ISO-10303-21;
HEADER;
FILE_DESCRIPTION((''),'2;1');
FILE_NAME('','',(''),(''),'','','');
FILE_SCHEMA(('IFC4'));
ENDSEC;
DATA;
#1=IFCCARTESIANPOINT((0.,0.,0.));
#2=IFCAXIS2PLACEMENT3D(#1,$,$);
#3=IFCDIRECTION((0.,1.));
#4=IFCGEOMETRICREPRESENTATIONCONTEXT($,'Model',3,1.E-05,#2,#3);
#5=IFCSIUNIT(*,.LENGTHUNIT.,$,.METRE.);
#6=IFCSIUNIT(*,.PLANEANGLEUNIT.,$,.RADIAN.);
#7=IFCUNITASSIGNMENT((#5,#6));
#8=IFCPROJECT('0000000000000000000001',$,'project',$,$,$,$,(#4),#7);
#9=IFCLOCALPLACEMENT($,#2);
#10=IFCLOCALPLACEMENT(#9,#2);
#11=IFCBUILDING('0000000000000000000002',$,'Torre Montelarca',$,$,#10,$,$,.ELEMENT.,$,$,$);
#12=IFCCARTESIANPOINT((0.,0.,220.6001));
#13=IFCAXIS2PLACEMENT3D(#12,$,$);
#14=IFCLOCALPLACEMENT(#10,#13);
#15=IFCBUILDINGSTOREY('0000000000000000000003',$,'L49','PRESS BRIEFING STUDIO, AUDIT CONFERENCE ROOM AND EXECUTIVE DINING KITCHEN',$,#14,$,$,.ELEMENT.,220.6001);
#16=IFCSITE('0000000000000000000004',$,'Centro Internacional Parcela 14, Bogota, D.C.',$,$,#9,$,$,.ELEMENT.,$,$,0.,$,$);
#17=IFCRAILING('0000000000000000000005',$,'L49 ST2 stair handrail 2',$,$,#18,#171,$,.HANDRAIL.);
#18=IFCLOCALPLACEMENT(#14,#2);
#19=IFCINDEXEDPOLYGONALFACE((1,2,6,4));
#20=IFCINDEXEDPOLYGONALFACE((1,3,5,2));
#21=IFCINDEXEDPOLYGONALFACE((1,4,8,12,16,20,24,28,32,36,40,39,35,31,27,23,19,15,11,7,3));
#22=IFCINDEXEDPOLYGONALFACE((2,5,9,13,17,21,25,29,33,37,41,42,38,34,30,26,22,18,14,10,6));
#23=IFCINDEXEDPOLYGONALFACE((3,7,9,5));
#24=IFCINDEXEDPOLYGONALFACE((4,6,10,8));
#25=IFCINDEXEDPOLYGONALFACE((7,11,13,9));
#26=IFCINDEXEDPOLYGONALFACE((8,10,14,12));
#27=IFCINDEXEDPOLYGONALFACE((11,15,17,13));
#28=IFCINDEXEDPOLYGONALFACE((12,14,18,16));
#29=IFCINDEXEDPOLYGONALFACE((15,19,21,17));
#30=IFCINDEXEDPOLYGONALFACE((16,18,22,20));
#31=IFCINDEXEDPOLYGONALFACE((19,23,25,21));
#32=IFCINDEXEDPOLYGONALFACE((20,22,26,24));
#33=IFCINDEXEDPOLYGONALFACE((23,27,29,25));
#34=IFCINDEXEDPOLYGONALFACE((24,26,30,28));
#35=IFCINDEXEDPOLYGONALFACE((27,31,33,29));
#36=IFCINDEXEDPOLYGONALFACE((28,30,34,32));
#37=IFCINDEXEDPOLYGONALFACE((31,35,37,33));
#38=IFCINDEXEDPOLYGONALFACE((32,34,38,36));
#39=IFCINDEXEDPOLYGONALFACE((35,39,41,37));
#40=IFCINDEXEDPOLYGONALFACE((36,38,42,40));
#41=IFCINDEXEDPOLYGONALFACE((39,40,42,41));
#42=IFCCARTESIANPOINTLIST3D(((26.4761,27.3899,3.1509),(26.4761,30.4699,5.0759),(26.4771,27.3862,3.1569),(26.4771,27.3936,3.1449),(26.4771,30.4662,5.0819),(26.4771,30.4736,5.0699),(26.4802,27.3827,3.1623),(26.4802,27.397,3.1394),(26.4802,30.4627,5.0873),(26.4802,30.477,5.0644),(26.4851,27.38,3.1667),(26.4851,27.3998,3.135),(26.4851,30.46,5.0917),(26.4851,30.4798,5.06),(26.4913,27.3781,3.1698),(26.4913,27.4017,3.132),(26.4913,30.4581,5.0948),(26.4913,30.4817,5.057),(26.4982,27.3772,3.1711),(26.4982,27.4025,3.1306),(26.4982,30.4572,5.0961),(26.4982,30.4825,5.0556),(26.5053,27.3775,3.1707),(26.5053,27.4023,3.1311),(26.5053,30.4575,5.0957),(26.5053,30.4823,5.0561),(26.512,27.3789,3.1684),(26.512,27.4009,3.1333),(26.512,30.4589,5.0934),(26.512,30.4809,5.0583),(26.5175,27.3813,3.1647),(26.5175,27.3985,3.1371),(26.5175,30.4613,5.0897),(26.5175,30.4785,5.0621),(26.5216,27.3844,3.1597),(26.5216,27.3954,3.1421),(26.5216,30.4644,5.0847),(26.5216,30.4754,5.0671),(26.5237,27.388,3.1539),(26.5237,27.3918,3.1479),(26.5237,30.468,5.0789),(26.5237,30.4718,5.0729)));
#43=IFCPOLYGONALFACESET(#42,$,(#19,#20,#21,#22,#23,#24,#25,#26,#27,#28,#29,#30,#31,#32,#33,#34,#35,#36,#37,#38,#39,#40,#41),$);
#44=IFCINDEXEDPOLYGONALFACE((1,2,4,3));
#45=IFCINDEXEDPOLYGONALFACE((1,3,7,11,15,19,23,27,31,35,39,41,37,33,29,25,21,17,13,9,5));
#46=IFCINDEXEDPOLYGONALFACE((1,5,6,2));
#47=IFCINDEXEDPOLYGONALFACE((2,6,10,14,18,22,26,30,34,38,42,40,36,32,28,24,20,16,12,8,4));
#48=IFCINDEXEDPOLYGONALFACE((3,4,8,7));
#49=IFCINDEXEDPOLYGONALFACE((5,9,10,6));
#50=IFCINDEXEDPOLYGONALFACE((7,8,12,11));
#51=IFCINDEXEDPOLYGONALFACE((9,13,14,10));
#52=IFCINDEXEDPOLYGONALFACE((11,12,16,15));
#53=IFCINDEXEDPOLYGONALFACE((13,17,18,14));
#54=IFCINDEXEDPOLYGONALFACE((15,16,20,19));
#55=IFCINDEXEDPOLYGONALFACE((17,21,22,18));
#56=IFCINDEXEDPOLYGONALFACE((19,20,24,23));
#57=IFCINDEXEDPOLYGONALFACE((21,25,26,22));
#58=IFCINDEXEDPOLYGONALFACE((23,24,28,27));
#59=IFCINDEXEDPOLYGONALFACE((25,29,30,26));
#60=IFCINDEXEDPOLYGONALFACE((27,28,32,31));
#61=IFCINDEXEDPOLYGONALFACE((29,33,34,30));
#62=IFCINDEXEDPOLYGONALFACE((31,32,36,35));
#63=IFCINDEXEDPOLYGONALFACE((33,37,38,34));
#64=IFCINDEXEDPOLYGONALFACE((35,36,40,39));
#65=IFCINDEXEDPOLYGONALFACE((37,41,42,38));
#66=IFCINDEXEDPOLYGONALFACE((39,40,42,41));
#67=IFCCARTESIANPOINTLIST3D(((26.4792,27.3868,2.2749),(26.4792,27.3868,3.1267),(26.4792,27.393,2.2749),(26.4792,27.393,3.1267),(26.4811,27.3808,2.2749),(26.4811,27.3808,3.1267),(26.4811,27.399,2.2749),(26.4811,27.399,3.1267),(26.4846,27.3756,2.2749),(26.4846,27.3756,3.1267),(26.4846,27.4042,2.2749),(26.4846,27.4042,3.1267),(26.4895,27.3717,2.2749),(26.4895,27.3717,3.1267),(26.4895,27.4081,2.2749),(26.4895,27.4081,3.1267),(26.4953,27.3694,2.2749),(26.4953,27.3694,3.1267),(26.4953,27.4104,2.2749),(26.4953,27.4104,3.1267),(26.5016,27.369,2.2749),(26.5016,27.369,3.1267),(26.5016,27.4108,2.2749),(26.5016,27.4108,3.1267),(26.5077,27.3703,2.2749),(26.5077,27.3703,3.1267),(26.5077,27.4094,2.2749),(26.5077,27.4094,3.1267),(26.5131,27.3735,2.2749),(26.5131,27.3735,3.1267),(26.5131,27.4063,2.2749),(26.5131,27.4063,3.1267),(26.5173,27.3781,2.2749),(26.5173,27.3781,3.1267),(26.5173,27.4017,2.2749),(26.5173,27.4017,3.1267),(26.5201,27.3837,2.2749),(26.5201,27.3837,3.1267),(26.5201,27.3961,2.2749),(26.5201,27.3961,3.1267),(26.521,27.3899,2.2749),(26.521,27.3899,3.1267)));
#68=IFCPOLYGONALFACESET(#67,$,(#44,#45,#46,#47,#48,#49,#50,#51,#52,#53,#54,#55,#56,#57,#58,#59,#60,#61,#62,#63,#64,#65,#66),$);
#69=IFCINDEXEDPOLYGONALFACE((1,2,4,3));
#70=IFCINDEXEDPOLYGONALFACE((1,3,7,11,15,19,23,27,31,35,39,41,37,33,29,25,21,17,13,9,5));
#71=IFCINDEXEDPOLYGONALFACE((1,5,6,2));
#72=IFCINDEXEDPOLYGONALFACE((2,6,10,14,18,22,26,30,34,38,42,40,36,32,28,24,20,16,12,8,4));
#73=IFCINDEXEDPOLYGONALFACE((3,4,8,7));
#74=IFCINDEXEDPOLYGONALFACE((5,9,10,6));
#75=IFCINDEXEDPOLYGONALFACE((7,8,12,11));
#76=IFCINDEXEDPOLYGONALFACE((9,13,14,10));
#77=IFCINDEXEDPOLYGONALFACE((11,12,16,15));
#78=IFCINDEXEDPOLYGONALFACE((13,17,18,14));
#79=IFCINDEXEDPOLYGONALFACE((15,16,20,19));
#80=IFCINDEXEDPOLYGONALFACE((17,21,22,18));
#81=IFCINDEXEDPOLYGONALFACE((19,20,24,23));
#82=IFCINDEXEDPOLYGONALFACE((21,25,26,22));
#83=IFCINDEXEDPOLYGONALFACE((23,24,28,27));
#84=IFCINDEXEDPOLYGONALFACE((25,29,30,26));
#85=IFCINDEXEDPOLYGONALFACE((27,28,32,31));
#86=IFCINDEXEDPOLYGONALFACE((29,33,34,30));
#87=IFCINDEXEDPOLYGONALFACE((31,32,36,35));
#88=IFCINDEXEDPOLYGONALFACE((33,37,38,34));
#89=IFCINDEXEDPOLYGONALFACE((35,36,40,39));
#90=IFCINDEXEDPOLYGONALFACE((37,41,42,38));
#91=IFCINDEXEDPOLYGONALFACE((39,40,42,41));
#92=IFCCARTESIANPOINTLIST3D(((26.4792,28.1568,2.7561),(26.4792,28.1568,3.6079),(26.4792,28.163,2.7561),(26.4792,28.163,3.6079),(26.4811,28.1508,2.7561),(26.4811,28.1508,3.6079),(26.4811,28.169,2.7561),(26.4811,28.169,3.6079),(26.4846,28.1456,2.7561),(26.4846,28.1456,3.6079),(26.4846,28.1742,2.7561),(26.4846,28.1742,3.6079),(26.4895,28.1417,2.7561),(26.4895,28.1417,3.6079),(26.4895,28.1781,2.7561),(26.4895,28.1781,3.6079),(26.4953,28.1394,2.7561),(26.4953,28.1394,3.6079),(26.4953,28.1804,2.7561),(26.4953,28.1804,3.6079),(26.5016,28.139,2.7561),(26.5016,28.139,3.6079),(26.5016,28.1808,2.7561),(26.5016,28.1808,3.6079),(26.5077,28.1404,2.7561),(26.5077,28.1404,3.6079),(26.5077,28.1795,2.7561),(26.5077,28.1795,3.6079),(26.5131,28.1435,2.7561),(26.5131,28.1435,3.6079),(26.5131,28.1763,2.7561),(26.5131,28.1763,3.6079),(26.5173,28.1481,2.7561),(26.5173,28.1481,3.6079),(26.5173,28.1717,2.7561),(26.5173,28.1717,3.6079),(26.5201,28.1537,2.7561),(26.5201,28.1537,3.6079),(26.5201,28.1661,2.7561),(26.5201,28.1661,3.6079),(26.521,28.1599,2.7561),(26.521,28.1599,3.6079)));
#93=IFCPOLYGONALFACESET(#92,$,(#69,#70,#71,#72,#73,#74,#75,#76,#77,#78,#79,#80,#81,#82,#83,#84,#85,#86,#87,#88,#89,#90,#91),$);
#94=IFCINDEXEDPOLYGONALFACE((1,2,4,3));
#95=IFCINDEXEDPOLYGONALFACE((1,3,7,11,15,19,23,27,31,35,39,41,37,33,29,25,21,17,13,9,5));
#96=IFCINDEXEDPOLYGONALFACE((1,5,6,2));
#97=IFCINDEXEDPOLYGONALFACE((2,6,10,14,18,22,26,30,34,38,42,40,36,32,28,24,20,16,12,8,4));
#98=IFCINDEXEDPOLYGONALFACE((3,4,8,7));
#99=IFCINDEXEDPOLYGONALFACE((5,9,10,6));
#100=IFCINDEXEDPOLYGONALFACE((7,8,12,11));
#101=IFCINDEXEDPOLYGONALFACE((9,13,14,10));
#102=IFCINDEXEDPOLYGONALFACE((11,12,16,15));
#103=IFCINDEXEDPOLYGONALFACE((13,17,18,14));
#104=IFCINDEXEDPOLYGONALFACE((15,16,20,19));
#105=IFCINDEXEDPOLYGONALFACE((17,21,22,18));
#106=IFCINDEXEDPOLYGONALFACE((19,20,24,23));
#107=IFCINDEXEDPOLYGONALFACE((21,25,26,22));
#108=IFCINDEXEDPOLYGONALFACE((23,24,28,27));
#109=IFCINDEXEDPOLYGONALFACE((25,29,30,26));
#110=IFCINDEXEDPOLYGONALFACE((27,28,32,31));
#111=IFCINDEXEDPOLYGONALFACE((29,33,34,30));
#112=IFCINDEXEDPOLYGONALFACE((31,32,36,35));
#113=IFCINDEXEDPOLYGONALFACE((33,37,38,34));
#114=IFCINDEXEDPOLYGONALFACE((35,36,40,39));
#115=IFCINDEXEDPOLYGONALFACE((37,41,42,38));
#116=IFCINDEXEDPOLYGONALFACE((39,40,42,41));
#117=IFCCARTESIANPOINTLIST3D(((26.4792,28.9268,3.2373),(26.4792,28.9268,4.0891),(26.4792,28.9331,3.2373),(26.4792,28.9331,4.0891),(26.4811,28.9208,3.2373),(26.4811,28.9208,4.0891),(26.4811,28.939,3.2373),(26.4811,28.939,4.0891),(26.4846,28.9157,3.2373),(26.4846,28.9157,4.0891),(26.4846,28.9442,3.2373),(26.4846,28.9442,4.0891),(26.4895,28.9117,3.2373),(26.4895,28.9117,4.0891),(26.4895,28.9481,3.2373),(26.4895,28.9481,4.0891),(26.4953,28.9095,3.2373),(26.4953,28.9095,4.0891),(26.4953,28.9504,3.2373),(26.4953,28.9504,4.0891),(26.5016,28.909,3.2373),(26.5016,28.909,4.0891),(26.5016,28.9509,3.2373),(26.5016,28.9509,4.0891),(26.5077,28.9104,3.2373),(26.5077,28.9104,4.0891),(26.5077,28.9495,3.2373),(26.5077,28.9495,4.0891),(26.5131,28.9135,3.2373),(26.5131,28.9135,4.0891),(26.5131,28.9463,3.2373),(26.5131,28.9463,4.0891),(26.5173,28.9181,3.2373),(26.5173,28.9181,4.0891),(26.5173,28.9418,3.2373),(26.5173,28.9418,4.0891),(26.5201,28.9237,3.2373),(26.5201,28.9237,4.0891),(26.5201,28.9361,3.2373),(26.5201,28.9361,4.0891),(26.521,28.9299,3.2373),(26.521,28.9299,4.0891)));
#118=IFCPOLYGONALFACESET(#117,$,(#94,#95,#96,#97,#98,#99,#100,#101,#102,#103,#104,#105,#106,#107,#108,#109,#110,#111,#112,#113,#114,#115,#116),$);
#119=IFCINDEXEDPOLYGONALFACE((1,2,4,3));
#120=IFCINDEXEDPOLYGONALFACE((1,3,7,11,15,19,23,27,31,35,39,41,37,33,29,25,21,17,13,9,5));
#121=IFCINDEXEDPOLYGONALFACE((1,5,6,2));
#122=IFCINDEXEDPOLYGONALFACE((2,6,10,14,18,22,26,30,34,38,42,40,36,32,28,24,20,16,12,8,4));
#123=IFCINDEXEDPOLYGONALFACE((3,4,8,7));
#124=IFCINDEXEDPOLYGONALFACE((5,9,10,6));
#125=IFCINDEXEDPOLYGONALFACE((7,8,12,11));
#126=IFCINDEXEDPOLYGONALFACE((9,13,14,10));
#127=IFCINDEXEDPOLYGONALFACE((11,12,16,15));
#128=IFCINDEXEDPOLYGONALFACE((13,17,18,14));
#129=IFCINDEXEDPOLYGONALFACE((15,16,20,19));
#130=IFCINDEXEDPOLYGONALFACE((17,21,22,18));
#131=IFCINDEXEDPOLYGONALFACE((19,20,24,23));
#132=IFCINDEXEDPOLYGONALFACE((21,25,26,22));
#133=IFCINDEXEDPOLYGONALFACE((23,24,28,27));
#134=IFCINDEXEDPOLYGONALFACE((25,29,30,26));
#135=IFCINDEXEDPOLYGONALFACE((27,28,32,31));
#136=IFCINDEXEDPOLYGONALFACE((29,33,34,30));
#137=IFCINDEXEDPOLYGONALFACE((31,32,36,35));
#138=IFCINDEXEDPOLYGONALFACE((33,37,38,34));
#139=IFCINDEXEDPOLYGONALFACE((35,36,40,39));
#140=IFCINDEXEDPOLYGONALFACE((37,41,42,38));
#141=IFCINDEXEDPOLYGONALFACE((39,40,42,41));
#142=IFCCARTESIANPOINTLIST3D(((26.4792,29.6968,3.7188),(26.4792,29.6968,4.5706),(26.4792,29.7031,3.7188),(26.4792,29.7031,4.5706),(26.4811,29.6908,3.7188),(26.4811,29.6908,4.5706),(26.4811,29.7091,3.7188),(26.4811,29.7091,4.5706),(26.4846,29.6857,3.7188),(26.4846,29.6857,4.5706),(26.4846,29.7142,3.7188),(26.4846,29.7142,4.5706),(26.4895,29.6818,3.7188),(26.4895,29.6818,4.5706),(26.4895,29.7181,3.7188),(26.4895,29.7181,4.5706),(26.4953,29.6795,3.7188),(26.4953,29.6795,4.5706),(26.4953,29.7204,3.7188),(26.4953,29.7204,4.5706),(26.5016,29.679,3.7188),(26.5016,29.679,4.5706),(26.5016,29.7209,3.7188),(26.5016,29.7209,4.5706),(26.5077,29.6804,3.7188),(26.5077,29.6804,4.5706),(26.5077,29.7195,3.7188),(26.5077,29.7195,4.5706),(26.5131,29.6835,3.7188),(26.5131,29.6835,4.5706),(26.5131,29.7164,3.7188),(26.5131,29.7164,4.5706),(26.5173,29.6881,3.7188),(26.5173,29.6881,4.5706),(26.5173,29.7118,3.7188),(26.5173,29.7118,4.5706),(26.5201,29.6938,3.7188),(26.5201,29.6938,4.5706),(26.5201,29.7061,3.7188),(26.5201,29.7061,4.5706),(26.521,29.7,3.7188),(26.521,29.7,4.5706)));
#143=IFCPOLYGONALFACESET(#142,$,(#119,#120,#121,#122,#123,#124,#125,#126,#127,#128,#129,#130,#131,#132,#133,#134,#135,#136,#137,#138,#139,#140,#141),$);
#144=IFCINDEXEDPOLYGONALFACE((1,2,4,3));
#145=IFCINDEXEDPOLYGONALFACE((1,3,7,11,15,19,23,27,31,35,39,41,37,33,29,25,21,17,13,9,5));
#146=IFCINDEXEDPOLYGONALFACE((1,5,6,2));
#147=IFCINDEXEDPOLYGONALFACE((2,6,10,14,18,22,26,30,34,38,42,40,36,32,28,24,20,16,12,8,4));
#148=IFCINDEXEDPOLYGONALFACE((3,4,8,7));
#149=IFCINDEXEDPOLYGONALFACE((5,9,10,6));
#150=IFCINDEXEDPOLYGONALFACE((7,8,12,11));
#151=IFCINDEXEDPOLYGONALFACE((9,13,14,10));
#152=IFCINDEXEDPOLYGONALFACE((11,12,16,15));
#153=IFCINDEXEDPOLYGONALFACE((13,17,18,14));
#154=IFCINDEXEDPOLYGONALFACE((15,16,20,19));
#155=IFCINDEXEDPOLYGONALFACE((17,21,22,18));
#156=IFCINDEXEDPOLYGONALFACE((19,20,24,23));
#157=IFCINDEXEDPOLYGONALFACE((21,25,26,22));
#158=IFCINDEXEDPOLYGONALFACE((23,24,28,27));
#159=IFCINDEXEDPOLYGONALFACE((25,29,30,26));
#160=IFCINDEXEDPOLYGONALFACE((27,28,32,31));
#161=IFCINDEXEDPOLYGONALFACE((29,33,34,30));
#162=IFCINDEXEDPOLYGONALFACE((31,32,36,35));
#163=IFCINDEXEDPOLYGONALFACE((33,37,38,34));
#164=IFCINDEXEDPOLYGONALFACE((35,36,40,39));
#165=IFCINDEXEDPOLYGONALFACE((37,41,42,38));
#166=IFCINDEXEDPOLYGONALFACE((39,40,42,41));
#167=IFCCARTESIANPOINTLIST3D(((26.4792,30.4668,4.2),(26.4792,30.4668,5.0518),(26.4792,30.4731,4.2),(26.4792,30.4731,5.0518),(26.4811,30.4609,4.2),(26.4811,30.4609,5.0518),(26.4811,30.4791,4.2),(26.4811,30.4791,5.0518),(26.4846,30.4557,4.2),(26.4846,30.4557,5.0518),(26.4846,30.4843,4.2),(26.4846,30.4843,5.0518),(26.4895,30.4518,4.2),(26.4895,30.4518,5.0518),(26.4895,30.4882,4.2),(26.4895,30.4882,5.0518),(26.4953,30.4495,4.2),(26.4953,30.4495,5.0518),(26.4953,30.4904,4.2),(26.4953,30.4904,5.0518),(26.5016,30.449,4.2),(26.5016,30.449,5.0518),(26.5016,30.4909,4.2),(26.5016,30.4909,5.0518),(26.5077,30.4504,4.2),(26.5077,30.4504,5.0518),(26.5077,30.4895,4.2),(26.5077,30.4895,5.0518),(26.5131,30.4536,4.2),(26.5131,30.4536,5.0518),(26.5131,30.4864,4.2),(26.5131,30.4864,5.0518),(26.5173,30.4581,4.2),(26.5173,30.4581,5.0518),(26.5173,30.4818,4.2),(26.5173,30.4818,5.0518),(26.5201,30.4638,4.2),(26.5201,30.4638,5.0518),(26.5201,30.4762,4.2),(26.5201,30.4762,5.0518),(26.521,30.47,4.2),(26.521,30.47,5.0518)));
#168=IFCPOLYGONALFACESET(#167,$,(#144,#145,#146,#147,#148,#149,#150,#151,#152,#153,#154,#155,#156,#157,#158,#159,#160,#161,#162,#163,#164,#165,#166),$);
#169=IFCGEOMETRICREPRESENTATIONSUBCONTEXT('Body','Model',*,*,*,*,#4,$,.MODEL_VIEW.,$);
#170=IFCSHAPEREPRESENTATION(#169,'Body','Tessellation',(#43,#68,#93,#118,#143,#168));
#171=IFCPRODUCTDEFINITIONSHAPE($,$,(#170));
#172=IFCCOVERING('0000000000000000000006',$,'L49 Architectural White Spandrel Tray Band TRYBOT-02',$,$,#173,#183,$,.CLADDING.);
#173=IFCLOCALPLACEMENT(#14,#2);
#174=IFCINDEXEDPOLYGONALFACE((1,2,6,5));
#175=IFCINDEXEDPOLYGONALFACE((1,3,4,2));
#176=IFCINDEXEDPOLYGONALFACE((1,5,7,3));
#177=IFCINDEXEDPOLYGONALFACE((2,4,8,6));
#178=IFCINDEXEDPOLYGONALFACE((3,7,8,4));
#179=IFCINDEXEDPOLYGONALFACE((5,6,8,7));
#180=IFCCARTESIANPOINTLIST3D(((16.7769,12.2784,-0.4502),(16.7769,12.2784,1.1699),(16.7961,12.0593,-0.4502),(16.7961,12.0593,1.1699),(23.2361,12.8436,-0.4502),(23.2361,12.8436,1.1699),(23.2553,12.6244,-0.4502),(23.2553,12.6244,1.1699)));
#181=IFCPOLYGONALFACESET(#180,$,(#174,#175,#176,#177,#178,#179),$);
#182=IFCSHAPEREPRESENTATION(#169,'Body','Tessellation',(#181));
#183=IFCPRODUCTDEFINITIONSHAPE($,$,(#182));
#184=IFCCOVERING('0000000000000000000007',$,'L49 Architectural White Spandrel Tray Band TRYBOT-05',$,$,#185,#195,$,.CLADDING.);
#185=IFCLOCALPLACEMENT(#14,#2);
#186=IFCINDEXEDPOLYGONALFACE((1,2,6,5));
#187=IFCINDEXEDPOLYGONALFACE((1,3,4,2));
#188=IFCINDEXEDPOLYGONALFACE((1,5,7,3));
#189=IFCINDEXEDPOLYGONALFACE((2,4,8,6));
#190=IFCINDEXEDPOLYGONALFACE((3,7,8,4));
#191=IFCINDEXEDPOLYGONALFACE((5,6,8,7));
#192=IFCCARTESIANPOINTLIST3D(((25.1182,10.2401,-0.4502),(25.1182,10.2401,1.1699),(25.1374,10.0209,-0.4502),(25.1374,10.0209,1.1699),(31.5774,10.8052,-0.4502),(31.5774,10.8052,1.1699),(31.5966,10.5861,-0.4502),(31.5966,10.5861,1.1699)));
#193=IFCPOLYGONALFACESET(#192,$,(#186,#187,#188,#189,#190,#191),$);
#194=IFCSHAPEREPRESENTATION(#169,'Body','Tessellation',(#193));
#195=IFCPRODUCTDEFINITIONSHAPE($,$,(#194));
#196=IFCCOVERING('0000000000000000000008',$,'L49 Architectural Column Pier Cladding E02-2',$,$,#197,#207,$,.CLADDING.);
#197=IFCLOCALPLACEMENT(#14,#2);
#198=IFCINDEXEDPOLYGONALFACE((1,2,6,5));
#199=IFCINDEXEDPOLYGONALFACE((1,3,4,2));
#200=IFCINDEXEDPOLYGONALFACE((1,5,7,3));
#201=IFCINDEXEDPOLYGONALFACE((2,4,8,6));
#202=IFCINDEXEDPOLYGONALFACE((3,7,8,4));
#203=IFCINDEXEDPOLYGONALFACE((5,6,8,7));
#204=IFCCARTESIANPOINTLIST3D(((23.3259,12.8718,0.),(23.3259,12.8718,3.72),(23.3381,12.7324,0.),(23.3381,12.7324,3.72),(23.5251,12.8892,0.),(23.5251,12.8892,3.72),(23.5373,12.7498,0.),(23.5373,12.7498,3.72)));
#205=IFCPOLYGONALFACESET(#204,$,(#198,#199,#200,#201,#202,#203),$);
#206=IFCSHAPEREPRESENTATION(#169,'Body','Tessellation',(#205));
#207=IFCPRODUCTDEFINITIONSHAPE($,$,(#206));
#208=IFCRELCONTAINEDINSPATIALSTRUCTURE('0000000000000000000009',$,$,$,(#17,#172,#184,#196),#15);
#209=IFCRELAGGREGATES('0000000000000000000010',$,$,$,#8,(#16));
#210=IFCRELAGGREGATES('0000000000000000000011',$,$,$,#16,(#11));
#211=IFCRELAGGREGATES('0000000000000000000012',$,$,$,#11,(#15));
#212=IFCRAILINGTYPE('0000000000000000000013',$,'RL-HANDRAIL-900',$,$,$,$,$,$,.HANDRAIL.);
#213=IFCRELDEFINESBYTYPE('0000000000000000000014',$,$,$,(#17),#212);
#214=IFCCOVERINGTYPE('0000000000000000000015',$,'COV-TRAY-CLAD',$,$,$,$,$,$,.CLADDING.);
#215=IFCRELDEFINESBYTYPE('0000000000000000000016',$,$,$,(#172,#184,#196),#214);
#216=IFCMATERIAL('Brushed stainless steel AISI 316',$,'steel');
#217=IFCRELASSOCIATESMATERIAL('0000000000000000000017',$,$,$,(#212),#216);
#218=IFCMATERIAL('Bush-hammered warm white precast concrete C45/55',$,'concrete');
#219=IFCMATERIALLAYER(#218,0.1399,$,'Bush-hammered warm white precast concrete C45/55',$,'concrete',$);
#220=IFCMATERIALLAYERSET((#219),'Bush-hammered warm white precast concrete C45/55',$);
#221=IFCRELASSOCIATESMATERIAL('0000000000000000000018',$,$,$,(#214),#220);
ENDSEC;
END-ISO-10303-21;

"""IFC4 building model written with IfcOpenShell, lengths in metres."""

from ifc_helpers import new_model, si_unit, direction, frame, origin, origin_2d, place, context, subcontext, project, spatial, rectangle, circle, extrude, source, transform, mapped, material, layer, layer_set, type_object, element, save


model = new_model("IFC4")

# Units and contexts
model_context = context("Model", 3, precision=1e-05, world=origin(), true_north=direction((0.0, 1.0)))
body_context = subcontext(model_context, "Body", "Model", "MODEL_VIEW")
ifc_project = project(units=[si_unit("LENGTHUNIT", "METRE"), si_unit("PLANEANGLEUNIT", "RADIAN")], contexts=[model_context])

# Site, building, storey
site_placement = place(None, origin())
site = spatial("IfcSite", under=ifc_project, at=site_placement, Name="Centro Internacional Parcela 14, Bogota, D.C.", CompositionType="ELEMENT", RefElevation=0.0)
building_placement = place(site_placement, origin())
building = spatial("IfcBuilding", under=site, at=building_placement, Name="Torre Montelarca", CompositionType="ELEMENT")
storey_placement = place(building_placement, frame((0.0, 0.0, 220.6001)))
storey = spatial("IfcBuildingStorey", under=building, at=storey_placement, Name="L49", Description="PRESS BRIEFING STUDIO, AUDIT CONFERENCE ROOM AND EXECUTIVE DINING KITCHEN", CompositionType="ELEMENT", Elevation=220.6001)

# Railing
ifc_material_1 = material(Name="Brushed stainless steel AISI 316", Category="steel")
railing_type_1 = type_object("IfcRailingType", Name="RL-HANDRAIL-900", PredefinedType="HANDRAIL", material=ifc_material_1)
railing_1_placement = place(storey_placement, frame((26.5, 27.3899, 2.2749)))
element("IfcRailing", 1, at=railing_1_placement, inside=storey, type_object=railing_type_1, Name="L49 ST2 stair handrail 2", PredefinedType="HANDRAIL", context=body_context, shape_type="SweptSolid", body=[
    extrude(circle(Radius=0.0239, at=origin_2d()), frame((0.0, 0.0, 0.876), z_axis=(0.0, 0.847998, 0.529999), x_axis=(-1.0, 0.0, 0.0)), (0.0, 0.0, 1.0), 3.6321),
    extrude(circle(Radius=0.021, at=origin_2d()), origin(), (0.0, 0.0, 1.0), 0.8518),
    extrude(circle(Radius=0.021, at=origin_2d()), frame((0.0, 0.77, 0.4812)), (0.0, 0.0, 1.0), 0.8518),
    extrude(circle(Radius=0.021, at=origin_2d()), frame((0.0, 1.54, 0.9624)), (0.0, 0.0, 1.0), 0.8518),
    extrude(circle(Radius=0.021, at=origin_2d()), frame((0.0, 2.3101, 1.4438)), (0.0, 0.0, 1.0), 0.8518),
    extrude(circle(Radius=0.021, at=origin_2d()), frame((0.0, 3.0801, 1.925)), (0.0, 0.0, 1.0), 0.8518),
])

# Coverings
ifc_material_2 = material(Name="Bush-hammered warm white precast concrete C45/55", Category="concrete")
ifc_layer_1 = layer(ifc_material_2, 0.1399, Name="Bush-hammered warm white precast concrete C45/55", Category="concrete")
ifc_layer_set_1 = layer_set([ifc_layer_1], Name="Bush-hammered warm white precast concrete C45/55")
covering_type = type_object("IfcCoveringType", Name="COV-TRAY-CLAD", PredefinedType="CLADDING", material=ifc_layer_set_1)
shared_shape_1 = source(origin(), body_context, "Body", "SweptSolid", [
    extrude(rectangle(XDim=6.4839, YDim=0.22, at=origin_2d()), origin(), (0.0, 0.0, 1.0), 1.6201),
])
for number, where, z_axis, x_axis, name in (
    (2, (20.0161, 12.4514, -0.4502), (0.0, 0.0, 1.0), (0.996194, 0.087163, 0.0), "L49 Architectural White Spandrel Tray Band TRYBOT-02"),
    (3, (28.3574, 10.4131, -0.4502), (0.0, 0.0, 1.0), (0.996194, 0.087163, 0.0), "L49 Architectural White Spandrel Tray Band TRYBOT-05"),
):
    element("IfcCovering", number, at=place(storey_placement, frame(where, z_axis=z_axis, x_axis=x_axis)), inside=storey, type_object=covering_type, Name=name, PredefinedType="CLADDING", context=body_context, shape_type="MappedRepresentation", body=[
        mapped(shared_shape_1, transform((0.0, 0.0, 0.0), scale=1.0)),
    ])
shared_shape_2 = source(origin(), body_context, "Body", "SweptSolid", [
    extrude(rectangle(XDim=0.2, YDim=0.1399, at=origin_2d()), origin(), (0.0, 0.0, 1.0), 3.72),
])
for number, where, z_axis, x_axis, name in (
    (4, (23.4316, 12.8108, 0.0), (0.0, 0.0, 1.0), (0.996192, 0.087184, 0.0), "L49 Architectural Column Pier Cladding E02-2"),
):
    element("IfcCovering", number, at=place(storey_placement, frame(where, z_axis=z_axis, x_axis=x_axis)), inside=storey, type_object=covering_type, Name=name, PredefinedType="CLADDING", context=body_context, shape_type="MappedRepresentation", body=[
        mapped(shared_shape_2, transform((0.0, 0.0, 0.0), scale=1.0)),
    ])

save(model, "model.ifc")
